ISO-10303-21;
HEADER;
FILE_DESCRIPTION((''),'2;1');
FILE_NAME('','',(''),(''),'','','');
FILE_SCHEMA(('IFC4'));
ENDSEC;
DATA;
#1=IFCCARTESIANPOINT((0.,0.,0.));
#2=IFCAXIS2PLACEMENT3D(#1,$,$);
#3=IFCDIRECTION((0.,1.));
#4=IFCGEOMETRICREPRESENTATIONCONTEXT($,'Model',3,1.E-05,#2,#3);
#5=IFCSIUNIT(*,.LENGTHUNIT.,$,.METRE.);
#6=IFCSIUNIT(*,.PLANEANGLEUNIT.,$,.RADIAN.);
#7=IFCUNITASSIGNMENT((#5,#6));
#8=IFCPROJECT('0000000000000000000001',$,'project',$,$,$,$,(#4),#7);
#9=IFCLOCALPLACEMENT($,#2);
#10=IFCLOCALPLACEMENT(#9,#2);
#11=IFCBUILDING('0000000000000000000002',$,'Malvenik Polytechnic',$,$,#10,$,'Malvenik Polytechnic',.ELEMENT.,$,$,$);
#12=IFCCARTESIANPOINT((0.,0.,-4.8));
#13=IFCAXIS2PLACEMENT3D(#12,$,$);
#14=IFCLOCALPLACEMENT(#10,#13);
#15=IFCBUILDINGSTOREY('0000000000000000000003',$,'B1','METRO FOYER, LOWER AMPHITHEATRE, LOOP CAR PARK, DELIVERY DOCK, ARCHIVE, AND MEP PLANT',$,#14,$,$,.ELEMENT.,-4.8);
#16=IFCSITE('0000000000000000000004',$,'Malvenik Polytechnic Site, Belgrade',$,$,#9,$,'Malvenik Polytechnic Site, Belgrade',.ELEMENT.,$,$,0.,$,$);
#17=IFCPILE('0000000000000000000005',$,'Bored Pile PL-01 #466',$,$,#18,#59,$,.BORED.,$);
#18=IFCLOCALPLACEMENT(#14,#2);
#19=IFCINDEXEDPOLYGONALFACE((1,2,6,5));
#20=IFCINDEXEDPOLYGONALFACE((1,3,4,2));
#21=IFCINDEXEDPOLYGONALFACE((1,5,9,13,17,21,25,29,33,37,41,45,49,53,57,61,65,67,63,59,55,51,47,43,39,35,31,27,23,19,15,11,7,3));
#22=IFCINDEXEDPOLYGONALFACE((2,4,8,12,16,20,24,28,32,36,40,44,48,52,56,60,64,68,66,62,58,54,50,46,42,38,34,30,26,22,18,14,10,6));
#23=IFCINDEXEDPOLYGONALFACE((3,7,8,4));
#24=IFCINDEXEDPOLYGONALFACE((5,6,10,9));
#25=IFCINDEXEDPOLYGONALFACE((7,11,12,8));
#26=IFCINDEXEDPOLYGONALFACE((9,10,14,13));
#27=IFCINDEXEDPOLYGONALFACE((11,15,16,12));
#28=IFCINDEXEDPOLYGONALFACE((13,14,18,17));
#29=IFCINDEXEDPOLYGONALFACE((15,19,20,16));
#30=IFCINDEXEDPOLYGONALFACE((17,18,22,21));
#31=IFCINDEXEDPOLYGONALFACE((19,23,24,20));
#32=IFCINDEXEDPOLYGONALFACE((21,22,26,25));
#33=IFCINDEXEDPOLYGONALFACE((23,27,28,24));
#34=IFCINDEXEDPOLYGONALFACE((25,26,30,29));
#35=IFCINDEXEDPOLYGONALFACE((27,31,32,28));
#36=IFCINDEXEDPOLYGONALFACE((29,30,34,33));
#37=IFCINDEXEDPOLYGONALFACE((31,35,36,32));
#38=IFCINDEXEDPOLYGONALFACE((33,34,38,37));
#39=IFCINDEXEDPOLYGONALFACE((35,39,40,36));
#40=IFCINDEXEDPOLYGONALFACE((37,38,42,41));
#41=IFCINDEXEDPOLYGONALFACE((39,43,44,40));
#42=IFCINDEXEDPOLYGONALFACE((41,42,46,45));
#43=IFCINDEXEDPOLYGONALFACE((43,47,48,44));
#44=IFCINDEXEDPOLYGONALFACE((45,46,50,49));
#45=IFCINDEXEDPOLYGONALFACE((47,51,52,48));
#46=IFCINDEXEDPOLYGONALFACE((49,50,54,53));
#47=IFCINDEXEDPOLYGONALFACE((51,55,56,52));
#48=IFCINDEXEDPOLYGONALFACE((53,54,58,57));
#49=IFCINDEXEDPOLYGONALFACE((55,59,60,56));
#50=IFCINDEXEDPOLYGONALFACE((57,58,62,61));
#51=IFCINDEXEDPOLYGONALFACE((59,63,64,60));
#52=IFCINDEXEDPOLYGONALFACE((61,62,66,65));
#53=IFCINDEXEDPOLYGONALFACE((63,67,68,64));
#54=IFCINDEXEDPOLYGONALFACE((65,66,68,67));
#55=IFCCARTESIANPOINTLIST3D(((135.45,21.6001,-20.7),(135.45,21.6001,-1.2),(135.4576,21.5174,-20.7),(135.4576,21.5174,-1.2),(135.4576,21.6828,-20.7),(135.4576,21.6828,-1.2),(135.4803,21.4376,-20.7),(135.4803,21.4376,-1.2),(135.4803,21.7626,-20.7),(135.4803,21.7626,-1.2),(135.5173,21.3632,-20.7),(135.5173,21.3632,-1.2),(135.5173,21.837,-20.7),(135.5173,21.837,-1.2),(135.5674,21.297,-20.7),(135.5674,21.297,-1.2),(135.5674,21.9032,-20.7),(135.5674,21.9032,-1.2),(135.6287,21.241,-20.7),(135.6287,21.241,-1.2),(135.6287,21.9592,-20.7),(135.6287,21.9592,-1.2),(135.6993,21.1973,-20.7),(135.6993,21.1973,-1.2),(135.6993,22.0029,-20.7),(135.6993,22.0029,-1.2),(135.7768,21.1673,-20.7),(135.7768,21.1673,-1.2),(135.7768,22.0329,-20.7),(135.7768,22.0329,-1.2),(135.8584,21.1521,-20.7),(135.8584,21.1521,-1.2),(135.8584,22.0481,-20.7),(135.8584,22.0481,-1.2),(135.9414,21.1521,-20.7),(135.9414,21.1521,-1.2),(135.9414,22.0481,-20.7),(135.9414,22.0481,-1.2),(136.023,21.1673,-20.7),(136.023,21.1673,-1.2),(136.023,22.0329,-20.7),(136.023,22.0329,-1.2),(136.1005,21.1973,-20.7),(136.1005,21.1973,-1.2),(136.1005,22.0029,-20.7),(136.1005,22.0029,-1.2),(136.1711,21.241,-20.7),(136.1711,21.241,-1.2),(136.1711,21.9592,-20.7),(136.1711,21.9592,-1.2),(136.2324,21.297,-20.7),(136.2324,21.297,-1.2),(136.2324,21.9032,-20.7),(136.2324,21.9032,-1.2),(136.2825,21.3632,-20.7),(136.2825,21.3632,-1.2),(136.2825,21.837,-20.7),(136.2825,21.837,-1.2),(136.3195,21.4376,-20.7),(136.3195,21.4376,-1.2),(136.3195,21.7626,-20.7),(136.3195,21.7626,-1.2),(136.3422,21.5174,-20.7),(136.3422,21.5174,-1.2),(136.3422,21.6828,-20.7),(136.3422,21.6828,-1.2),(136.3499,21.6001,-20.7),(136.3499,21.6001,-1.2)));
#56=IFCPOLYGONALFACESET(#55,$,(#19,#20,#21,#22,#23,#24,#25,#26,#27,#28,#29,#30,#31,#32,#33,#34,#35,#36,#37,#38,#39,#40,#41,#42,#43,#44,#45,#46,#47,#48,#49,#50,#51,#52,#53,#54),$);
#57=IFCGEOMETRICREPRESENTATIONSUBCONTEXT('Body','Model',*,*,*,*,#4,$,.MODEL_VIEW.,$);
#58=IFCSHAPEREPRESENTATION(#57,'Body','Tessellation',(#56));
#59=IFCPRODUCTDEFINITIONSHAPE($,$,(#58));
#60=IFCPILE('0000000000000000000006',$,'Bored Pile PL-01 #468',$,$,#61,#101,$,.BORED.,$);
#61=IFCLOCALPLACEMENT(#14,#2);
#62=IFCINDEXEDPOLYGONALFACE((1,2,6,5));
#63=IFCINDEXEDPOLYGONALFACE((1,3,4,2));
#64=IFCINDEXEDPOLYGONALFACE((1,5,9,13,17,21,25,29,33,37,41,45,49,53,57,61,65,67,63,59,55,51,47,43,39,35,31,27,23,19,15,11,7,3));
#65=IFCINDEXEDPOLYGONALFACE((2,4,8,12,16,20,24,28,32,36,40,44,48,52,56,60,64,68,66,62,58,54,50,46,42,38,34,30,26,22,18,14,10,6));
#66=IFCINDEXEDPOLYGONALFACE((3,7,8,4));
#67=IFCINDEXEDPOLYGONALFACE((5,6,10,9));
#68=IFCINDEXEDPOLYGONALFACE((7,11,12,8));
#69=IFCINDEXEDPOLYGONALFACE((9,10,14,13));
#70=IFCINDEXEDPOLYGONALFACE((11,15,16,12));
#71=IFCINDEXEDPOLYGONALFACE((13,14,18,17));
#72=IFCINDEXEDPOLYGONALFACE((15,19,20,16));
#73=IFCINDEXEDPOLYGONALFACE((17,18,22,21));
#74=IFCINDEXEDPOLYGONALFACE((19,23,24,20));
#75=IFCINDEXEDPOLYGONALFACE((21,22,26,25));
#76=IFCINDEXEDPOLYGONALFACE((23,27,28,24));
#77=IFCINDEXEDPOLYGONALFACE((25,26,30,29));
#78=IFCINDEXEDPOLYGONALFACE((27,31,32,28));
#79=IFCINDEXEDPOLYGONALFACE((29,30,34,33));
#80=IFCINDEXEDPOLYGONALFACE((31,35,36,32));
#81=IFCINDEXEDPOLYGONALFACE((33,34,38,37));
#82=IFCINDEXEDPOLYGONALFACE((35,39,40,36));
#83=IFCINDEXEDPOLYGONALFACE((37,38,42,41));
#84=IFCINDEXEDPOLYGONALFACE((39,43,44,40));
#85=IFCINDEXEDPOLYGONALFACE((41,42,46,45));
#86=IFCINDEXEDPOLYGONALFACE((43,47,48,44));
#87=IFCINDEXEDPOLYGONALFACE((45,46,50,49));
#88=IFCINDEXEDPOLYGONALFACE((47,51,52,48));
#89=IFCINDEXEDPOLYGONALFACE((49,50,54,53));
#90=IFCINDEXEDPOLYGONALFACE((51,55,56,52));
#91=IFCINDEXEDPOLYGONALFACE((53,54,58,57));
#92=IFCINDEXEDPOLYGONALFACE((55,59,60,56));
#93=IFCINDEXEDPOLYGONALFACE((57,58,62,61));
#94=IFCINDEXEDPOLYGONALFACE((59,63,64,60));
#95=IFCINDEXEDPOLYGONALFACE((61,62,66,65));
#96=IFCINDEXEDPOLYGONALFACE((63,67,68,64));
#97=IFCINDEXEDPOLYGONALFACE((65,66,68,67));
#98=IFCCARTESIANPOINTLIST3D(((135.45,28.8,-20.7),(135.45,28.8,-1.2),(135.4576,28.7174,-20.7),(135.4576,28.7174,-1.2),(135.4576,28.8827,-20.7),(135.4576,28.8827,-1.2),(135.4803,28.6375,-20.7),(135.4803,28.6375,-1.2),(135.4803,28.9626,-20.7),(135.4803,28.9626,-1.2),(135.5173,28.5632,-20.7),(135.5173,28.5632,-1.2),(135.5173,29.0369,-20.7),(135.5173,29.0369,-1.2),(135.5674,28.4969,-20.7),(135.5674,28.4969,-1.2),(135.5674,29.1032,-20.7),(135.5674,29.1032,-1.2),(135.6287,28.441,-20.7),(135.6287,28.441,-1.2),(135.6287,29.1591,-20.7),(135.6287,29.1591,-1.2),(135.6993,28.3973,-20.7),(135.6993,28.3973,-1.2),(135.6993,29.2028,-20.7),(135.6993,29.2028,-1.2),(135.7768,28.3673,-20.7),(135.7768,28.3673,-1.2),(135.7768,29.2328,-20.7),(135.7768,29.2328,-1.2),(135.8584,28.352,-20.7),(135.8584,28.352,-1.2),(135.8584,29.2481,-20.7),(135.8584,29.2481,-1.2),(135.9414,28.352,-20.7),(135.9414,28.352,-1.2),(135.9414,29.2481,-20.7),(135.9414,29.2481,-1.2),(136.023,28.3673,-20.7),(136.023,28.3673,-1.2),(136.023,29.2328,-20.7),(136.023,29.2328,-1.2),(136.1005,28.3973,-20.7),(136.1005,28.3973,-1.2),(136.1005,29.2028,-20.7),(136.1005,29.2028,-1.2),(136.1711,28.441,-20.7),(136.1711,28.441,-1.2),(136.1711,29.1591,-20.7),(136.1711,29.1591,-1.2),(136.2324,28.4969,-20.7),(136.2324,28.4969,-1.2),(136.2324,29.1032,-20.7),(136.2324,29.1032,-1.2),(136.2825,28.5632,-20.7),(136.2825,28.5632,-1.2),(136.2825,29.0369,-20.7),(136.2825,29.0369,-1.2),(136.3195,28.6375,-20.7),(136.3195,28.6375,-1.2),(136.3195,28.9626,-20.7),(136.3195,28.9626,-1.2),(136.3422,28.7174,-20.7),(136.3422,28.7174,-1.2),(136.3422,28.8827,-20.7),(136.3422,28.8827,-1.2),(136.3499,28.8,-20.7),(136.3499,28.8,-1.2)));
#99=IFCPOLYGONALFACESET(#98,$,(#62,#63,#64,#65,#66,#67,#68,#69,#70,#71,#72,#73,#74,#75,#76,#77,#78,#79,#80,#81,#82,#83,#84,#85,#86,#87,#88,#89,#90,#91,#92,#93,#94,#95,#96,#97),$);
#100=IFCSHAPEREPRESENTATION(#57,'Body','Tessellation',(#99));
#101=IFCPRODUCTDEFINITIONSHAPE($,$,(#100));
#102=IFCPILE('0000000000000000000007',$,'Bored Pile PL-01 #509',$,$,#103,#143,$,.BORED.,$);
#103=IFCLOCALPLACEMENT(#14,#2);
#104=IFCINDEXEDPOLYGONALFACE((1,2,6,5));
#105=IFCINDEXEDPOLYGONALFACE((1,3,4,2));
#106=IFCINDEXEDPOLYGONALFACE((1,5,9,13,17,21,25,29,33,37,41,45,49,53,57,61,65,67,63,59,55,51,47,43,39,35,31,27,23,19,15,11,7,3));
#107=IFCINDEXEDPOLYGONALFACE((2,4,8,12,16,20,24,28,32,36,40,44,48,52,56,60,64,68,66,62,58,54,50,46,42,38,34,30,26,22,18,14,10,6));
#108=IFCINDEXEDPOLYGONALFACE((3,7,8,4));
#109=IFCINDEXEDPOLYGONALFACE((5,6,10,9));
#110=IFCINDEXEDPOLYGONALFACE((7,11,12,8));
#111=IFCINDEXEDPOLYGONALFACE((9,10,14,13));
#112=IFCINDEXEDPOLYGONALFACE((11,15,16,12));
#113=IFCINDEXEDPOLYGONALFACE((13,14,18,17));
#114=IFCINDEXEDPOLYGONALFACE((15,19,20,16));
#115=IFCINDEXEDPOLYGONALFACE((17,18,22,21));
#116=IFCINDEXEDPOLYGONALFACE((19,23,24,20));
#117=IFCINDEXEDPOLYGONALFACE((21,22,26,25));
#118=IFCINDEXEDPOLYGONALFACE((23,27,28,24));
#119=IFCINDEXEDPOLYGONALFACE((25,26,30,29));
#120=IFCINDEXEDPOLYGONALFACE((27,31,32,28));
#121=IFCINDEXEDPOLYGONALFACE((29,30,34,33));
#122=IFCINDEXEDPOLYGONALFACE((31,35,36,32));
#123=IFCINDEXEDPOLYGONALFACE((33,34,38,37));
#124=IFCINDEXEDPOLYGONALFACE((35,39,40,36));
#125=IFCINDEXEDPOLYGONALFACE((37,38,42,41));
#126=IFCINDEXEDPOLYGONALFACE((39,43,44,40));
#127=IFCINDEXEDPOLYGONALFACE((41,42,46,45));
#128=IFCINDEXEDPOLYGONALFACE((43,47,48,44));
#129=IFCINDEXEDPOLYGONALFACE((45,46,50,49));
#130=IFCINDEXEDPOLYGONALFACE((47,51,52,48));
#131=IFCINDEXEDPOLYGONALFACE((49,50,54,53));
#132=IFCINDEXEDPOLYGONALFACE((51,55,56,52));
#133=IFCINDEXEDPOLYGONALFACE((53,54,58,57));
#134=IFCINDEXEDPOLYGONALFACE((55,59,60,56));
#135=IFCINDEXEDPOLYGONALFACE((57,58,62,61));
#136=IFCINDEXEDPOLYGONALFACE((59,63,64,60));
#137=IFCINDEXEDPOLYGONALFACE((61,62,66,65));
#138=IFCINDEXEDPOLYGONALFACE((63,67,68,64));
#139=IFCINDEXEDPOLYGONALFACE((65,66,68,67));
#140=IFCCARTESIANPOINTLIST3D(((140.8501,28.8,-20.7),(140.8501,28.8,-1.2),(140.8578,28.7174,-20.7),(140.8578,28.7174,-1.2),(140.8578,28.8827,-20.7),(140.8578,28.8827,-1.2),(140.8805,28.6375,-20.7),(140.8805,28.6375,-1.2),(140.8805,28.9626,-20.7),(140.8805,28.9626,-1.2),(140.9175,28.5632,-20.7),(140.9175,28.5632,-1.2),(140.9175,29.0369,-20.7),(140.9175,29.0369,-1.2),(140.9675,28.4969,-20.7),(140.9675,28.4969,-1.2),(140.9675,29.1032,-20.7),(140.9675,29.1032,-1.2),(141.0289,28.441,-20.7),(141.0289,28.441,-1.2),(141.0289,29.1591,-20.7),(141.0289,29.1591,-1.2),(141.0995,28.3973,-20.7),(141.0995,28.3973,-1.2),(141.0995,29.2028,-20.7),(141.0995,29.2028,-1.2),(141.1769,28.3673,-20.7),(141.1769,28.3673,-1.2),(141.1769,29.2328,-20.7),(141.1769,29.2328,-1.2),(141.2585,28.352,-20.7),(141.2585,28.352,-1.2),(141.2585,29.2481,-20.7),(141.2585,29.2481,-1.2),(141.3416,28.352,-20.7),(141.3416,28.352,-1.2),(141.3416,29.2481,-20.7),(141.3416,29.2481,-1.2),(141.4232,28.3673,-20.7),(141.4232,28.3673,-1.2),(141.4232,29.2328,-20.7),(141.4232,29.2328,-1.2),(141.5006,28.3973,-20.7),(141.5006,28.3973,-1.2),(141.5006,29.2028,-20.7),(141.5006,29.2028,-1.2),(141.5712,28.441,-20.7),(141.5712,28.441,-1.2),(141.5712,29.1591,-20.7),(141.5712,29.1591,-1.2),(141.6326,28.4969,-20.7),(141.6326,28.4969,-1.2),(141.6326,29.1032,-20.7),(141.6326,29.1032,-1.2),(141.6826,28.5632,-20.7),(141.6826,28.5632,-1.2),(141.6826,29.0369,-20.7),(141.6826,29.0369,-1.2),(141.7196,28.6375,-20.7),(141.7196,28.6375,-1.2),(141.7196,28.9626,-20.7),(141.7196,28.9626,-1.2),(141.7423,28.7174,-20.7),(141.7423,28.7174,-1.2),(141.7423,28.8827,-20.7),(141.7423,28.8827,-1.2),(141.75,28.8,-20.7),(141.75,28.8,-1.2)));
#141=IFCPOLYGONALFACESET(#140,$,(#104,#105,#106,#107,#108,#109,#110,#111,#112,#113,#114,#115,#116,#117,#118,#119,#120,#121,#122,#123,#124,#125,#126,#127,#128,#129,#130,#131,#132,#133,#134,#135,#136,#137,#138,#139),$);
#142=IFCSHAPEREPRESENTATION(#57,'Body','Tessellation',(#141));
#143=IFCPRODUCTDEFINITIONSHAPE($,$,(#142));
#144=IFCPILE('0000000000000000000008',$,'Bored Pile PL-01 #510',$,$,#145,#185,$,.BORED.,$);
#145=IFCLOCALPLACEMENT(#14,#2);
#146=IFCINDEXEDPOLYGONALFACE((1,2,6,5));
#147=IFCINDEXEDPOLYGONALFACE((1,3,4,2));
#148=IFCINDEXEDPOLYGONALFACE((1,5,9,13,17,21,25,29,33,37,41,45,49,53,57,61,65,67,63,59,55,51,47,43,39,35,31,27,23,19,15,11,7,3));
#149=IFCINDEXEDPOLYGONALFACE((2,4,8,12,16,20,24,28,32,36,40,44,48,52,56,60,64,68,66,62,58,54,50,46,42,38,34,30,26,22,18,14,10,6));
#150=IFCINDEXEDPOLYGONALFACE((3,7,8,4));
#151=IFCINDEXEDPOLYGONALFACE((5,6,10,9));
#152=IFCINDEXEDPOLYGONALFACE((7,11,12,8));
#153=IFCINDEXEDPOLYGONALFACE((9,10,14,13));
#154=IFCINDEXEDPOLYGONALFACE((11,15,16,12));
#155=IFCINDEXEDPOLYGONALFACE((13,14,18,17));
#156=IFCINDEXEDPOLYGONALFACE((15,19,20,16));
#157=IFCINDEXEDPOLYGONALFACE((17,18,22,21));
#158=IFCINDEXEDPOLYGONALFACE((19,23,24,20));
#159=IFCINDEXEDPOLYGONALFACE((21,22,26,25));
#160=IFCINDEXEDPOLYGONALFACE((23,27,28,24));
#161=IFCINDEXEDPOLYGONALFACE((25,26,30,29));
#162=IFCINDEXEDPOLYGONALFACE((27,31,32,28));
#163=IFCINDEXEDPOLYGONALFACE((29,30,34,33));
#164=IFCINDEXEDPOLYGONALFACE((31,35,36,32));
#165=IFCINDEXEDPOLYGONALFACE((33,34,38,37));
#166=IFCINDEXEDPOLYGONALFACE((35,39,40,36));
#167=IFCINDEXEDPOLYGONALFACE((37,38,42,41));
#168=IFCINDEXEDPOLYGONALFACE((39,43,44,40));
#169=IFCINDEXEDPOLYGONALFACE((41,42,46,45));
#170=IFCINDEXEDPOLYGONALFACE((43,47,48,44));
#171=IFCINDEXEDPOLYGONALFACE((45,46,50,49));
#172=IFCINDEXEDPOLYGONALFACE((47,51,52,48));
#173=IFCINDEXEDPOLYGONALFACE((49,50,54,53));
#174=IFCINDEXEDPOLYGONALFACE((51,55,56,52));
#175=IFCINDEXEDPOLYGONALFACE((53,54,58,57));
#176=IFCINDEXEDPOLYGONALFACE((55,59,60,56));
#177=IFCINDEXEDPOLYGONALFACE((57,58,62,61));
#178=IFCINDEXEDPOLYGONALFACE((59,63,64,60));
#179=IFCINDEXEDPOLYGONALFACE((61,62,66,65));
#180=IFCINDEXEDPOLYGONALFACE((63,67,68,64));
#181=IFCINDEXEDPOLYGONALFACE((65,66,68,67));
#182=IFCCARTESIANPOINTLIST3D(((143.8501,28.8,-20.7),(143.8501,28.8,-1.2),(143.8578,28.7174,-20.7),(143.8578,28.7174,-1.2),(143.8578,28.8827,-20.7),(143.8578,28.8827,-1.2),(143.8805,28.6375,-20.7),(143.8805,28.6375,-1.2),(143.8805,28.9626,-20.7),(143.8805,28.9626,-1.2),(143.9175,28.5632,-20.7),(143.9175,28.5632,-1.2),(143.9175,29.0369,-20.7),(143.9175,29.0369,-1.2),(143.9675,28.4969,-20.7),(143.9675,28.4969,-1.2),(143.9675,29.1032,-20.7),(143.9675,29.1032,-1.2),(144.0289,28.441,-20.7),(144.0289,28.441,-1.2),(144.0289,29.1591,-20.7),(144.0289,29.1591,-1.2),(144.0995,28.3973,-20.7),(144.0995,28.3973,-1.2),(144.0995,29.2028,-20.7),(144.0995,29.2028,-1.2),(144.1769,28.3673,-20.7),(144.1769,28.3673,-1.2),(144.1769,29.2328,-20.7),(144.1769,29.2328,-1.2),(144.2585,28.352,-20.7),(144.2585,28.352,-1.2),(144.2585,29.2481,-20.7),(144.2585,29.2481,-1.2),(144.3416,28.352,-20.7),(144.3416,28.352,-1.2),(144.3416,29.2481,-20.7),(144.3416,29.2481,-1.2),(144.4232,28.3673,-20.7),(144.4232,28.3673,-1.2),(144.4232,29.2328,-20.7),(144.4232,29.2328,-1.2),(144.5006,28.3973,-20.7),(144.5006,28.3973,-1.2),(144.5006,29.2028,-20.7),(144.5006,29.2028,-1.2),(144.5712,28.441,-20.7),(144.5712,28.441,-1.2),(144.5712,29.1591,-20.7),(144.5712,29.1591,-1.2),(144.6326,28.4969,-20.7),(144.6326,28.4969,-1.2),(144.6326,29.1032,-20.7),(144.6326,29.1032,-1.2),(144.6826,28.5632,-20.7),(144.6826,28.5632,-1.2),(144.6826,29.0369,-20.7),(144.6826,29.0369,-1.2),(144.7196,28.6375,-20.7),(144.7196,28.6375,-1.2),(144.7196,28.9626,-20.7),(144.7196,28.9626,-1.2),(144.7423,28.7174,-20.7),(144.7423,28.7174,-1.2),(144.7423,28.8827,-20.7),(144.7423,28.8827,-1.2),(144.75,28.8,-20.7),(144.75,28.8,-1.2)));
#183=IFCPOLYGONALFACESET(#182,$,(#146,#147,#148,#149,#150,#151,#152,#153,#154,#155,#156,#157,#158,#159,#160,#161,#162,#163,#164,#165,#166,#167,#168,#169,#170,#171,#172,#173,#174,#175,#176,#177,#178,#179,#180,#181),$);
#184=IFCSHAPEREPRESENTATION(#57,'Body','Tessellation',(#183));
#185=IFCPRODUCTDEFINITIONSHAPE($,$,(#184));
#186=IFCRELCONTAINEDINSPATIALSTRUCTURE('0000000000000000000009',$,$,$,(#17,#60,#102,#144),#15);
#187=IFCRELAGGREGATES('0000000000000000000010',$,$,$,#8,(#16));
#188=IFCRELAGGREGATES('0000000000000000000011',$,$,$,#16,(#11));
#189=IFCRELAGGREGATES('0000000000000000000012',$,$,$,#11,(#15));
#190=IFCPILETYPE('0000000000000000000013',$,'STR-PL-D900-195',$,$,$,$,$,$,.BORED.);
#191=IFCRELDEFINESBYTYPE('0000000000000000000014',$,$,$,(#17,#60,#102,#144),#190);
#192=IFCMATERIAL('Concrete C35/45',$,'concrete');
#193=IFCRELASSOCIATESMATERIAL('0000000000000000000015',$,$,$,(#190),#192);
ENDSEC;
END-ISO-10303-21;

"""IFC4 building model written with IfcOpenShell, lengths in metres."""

from ifc_helpers import new_model, si_unit, direction, frame, origin, origin_2d, place, context, subcontext, project, spatial, circle, extrude, material, material_profile, profile_set, type_object, element, save


model = new_model("IFC4")

# Units and contexts
model_context = context("Model", 3, precision=1e-05, world=origin(), true_north=direction((0.0, 1.0)))
body_context = subcontext(model_context, "Body", "Model", "MODEL_VIEW")
ifc_project = project(units=[si_unit("LENGTHUNIT", "METRE"), si_unit("PLANEANGLEUNIT", "RADIAN")], contexts=[model_context])

# Site, building, storey
site_placement = place(None, origin())
site = spatial("IfcSite", under=ifc_project, at=site_placement, Name="Malvenik Polytechnic Site, Belgrade", LongName="Malvenik Polytechnic Site, Belgrade", CompositionType="ELEMENT", RefElevation=0.0)
building_placement = place(site_placement, origin())
building = spatial("IfcBuilding", under=site, at=building_placement, Name="Malvenik Polytechnic", LongName="Malvenik Polytechnic", CompositionType="ELEMENT")
storey_placement = place(building_placement, frame((0.0, 0.0, -4.8)))
storey = spatial("IfcBuildingStorey", under=building, at=storey_placement, Name="B1", Description="METRO FOYER, LOWER AMPHITHEATRE, LOOP CAR PARK, DELIVERY DOCK, ARCHIVE, AND MEP PLANT", CompositionType="ELEMENT", Elevation=-4.8)

# Shared definitions
ifc_material = material(Name="Concrete C35/45", Category="concrete")

# Piles
ifc_material_profile_1 = material_profile(ifc_material, circle(Radius=0.45, at=origin_2d()), Name="BORED PILE D900")
ifc_profile_set_1 = profile_set([ifc_material_profile_1], Name="Concrete C35/45")
pile_type = type_object("IfcPileType", Name="STR-PL-D900-195", PredefinedType="BORED", material=ifc_profile_set_1)
for number, where, z_axis, x_axis, name in (
    (1, (135.8999, 21.6001, -1.2), (0.0, 0.0, -1.0), (1.0, 0.0, 0.0), "Bored Pile PL-01 #466"),
    (2, (135.8999, 28.8, -1.2), (0.0, 0.0, -1.0), (1.0, 0.0, 0.0), "Bored Pile PL-01 #468"),
    (3, (141.3, 28.8, -1.2), (0.0, 0.0, -1.0), (1.0, 0.0, 0.0), "Bored Pile PL-01 #509"),
    (4, (144.3, 28.8, -1.2), (0.0, 0.0, -1.0), (1.0, 0.0, 0.0), "Bored Pile PL-01 #510"),
):
    element("IfcPile", number, at=place(storey_placement, frame(where, z_axis=z_axis, x_axis=x_axis)), inside=storey, type_object=pile_type, Name=name, PredefinedType="BORED", context=body_context, shape_type="SweptSolid", body=[
        extrude(circle(Radius=0.45, at=origin_2d()), origin(), (0.0, 0.0, 1.0), 19.5),
    ])

save(model, "model.ifc")
